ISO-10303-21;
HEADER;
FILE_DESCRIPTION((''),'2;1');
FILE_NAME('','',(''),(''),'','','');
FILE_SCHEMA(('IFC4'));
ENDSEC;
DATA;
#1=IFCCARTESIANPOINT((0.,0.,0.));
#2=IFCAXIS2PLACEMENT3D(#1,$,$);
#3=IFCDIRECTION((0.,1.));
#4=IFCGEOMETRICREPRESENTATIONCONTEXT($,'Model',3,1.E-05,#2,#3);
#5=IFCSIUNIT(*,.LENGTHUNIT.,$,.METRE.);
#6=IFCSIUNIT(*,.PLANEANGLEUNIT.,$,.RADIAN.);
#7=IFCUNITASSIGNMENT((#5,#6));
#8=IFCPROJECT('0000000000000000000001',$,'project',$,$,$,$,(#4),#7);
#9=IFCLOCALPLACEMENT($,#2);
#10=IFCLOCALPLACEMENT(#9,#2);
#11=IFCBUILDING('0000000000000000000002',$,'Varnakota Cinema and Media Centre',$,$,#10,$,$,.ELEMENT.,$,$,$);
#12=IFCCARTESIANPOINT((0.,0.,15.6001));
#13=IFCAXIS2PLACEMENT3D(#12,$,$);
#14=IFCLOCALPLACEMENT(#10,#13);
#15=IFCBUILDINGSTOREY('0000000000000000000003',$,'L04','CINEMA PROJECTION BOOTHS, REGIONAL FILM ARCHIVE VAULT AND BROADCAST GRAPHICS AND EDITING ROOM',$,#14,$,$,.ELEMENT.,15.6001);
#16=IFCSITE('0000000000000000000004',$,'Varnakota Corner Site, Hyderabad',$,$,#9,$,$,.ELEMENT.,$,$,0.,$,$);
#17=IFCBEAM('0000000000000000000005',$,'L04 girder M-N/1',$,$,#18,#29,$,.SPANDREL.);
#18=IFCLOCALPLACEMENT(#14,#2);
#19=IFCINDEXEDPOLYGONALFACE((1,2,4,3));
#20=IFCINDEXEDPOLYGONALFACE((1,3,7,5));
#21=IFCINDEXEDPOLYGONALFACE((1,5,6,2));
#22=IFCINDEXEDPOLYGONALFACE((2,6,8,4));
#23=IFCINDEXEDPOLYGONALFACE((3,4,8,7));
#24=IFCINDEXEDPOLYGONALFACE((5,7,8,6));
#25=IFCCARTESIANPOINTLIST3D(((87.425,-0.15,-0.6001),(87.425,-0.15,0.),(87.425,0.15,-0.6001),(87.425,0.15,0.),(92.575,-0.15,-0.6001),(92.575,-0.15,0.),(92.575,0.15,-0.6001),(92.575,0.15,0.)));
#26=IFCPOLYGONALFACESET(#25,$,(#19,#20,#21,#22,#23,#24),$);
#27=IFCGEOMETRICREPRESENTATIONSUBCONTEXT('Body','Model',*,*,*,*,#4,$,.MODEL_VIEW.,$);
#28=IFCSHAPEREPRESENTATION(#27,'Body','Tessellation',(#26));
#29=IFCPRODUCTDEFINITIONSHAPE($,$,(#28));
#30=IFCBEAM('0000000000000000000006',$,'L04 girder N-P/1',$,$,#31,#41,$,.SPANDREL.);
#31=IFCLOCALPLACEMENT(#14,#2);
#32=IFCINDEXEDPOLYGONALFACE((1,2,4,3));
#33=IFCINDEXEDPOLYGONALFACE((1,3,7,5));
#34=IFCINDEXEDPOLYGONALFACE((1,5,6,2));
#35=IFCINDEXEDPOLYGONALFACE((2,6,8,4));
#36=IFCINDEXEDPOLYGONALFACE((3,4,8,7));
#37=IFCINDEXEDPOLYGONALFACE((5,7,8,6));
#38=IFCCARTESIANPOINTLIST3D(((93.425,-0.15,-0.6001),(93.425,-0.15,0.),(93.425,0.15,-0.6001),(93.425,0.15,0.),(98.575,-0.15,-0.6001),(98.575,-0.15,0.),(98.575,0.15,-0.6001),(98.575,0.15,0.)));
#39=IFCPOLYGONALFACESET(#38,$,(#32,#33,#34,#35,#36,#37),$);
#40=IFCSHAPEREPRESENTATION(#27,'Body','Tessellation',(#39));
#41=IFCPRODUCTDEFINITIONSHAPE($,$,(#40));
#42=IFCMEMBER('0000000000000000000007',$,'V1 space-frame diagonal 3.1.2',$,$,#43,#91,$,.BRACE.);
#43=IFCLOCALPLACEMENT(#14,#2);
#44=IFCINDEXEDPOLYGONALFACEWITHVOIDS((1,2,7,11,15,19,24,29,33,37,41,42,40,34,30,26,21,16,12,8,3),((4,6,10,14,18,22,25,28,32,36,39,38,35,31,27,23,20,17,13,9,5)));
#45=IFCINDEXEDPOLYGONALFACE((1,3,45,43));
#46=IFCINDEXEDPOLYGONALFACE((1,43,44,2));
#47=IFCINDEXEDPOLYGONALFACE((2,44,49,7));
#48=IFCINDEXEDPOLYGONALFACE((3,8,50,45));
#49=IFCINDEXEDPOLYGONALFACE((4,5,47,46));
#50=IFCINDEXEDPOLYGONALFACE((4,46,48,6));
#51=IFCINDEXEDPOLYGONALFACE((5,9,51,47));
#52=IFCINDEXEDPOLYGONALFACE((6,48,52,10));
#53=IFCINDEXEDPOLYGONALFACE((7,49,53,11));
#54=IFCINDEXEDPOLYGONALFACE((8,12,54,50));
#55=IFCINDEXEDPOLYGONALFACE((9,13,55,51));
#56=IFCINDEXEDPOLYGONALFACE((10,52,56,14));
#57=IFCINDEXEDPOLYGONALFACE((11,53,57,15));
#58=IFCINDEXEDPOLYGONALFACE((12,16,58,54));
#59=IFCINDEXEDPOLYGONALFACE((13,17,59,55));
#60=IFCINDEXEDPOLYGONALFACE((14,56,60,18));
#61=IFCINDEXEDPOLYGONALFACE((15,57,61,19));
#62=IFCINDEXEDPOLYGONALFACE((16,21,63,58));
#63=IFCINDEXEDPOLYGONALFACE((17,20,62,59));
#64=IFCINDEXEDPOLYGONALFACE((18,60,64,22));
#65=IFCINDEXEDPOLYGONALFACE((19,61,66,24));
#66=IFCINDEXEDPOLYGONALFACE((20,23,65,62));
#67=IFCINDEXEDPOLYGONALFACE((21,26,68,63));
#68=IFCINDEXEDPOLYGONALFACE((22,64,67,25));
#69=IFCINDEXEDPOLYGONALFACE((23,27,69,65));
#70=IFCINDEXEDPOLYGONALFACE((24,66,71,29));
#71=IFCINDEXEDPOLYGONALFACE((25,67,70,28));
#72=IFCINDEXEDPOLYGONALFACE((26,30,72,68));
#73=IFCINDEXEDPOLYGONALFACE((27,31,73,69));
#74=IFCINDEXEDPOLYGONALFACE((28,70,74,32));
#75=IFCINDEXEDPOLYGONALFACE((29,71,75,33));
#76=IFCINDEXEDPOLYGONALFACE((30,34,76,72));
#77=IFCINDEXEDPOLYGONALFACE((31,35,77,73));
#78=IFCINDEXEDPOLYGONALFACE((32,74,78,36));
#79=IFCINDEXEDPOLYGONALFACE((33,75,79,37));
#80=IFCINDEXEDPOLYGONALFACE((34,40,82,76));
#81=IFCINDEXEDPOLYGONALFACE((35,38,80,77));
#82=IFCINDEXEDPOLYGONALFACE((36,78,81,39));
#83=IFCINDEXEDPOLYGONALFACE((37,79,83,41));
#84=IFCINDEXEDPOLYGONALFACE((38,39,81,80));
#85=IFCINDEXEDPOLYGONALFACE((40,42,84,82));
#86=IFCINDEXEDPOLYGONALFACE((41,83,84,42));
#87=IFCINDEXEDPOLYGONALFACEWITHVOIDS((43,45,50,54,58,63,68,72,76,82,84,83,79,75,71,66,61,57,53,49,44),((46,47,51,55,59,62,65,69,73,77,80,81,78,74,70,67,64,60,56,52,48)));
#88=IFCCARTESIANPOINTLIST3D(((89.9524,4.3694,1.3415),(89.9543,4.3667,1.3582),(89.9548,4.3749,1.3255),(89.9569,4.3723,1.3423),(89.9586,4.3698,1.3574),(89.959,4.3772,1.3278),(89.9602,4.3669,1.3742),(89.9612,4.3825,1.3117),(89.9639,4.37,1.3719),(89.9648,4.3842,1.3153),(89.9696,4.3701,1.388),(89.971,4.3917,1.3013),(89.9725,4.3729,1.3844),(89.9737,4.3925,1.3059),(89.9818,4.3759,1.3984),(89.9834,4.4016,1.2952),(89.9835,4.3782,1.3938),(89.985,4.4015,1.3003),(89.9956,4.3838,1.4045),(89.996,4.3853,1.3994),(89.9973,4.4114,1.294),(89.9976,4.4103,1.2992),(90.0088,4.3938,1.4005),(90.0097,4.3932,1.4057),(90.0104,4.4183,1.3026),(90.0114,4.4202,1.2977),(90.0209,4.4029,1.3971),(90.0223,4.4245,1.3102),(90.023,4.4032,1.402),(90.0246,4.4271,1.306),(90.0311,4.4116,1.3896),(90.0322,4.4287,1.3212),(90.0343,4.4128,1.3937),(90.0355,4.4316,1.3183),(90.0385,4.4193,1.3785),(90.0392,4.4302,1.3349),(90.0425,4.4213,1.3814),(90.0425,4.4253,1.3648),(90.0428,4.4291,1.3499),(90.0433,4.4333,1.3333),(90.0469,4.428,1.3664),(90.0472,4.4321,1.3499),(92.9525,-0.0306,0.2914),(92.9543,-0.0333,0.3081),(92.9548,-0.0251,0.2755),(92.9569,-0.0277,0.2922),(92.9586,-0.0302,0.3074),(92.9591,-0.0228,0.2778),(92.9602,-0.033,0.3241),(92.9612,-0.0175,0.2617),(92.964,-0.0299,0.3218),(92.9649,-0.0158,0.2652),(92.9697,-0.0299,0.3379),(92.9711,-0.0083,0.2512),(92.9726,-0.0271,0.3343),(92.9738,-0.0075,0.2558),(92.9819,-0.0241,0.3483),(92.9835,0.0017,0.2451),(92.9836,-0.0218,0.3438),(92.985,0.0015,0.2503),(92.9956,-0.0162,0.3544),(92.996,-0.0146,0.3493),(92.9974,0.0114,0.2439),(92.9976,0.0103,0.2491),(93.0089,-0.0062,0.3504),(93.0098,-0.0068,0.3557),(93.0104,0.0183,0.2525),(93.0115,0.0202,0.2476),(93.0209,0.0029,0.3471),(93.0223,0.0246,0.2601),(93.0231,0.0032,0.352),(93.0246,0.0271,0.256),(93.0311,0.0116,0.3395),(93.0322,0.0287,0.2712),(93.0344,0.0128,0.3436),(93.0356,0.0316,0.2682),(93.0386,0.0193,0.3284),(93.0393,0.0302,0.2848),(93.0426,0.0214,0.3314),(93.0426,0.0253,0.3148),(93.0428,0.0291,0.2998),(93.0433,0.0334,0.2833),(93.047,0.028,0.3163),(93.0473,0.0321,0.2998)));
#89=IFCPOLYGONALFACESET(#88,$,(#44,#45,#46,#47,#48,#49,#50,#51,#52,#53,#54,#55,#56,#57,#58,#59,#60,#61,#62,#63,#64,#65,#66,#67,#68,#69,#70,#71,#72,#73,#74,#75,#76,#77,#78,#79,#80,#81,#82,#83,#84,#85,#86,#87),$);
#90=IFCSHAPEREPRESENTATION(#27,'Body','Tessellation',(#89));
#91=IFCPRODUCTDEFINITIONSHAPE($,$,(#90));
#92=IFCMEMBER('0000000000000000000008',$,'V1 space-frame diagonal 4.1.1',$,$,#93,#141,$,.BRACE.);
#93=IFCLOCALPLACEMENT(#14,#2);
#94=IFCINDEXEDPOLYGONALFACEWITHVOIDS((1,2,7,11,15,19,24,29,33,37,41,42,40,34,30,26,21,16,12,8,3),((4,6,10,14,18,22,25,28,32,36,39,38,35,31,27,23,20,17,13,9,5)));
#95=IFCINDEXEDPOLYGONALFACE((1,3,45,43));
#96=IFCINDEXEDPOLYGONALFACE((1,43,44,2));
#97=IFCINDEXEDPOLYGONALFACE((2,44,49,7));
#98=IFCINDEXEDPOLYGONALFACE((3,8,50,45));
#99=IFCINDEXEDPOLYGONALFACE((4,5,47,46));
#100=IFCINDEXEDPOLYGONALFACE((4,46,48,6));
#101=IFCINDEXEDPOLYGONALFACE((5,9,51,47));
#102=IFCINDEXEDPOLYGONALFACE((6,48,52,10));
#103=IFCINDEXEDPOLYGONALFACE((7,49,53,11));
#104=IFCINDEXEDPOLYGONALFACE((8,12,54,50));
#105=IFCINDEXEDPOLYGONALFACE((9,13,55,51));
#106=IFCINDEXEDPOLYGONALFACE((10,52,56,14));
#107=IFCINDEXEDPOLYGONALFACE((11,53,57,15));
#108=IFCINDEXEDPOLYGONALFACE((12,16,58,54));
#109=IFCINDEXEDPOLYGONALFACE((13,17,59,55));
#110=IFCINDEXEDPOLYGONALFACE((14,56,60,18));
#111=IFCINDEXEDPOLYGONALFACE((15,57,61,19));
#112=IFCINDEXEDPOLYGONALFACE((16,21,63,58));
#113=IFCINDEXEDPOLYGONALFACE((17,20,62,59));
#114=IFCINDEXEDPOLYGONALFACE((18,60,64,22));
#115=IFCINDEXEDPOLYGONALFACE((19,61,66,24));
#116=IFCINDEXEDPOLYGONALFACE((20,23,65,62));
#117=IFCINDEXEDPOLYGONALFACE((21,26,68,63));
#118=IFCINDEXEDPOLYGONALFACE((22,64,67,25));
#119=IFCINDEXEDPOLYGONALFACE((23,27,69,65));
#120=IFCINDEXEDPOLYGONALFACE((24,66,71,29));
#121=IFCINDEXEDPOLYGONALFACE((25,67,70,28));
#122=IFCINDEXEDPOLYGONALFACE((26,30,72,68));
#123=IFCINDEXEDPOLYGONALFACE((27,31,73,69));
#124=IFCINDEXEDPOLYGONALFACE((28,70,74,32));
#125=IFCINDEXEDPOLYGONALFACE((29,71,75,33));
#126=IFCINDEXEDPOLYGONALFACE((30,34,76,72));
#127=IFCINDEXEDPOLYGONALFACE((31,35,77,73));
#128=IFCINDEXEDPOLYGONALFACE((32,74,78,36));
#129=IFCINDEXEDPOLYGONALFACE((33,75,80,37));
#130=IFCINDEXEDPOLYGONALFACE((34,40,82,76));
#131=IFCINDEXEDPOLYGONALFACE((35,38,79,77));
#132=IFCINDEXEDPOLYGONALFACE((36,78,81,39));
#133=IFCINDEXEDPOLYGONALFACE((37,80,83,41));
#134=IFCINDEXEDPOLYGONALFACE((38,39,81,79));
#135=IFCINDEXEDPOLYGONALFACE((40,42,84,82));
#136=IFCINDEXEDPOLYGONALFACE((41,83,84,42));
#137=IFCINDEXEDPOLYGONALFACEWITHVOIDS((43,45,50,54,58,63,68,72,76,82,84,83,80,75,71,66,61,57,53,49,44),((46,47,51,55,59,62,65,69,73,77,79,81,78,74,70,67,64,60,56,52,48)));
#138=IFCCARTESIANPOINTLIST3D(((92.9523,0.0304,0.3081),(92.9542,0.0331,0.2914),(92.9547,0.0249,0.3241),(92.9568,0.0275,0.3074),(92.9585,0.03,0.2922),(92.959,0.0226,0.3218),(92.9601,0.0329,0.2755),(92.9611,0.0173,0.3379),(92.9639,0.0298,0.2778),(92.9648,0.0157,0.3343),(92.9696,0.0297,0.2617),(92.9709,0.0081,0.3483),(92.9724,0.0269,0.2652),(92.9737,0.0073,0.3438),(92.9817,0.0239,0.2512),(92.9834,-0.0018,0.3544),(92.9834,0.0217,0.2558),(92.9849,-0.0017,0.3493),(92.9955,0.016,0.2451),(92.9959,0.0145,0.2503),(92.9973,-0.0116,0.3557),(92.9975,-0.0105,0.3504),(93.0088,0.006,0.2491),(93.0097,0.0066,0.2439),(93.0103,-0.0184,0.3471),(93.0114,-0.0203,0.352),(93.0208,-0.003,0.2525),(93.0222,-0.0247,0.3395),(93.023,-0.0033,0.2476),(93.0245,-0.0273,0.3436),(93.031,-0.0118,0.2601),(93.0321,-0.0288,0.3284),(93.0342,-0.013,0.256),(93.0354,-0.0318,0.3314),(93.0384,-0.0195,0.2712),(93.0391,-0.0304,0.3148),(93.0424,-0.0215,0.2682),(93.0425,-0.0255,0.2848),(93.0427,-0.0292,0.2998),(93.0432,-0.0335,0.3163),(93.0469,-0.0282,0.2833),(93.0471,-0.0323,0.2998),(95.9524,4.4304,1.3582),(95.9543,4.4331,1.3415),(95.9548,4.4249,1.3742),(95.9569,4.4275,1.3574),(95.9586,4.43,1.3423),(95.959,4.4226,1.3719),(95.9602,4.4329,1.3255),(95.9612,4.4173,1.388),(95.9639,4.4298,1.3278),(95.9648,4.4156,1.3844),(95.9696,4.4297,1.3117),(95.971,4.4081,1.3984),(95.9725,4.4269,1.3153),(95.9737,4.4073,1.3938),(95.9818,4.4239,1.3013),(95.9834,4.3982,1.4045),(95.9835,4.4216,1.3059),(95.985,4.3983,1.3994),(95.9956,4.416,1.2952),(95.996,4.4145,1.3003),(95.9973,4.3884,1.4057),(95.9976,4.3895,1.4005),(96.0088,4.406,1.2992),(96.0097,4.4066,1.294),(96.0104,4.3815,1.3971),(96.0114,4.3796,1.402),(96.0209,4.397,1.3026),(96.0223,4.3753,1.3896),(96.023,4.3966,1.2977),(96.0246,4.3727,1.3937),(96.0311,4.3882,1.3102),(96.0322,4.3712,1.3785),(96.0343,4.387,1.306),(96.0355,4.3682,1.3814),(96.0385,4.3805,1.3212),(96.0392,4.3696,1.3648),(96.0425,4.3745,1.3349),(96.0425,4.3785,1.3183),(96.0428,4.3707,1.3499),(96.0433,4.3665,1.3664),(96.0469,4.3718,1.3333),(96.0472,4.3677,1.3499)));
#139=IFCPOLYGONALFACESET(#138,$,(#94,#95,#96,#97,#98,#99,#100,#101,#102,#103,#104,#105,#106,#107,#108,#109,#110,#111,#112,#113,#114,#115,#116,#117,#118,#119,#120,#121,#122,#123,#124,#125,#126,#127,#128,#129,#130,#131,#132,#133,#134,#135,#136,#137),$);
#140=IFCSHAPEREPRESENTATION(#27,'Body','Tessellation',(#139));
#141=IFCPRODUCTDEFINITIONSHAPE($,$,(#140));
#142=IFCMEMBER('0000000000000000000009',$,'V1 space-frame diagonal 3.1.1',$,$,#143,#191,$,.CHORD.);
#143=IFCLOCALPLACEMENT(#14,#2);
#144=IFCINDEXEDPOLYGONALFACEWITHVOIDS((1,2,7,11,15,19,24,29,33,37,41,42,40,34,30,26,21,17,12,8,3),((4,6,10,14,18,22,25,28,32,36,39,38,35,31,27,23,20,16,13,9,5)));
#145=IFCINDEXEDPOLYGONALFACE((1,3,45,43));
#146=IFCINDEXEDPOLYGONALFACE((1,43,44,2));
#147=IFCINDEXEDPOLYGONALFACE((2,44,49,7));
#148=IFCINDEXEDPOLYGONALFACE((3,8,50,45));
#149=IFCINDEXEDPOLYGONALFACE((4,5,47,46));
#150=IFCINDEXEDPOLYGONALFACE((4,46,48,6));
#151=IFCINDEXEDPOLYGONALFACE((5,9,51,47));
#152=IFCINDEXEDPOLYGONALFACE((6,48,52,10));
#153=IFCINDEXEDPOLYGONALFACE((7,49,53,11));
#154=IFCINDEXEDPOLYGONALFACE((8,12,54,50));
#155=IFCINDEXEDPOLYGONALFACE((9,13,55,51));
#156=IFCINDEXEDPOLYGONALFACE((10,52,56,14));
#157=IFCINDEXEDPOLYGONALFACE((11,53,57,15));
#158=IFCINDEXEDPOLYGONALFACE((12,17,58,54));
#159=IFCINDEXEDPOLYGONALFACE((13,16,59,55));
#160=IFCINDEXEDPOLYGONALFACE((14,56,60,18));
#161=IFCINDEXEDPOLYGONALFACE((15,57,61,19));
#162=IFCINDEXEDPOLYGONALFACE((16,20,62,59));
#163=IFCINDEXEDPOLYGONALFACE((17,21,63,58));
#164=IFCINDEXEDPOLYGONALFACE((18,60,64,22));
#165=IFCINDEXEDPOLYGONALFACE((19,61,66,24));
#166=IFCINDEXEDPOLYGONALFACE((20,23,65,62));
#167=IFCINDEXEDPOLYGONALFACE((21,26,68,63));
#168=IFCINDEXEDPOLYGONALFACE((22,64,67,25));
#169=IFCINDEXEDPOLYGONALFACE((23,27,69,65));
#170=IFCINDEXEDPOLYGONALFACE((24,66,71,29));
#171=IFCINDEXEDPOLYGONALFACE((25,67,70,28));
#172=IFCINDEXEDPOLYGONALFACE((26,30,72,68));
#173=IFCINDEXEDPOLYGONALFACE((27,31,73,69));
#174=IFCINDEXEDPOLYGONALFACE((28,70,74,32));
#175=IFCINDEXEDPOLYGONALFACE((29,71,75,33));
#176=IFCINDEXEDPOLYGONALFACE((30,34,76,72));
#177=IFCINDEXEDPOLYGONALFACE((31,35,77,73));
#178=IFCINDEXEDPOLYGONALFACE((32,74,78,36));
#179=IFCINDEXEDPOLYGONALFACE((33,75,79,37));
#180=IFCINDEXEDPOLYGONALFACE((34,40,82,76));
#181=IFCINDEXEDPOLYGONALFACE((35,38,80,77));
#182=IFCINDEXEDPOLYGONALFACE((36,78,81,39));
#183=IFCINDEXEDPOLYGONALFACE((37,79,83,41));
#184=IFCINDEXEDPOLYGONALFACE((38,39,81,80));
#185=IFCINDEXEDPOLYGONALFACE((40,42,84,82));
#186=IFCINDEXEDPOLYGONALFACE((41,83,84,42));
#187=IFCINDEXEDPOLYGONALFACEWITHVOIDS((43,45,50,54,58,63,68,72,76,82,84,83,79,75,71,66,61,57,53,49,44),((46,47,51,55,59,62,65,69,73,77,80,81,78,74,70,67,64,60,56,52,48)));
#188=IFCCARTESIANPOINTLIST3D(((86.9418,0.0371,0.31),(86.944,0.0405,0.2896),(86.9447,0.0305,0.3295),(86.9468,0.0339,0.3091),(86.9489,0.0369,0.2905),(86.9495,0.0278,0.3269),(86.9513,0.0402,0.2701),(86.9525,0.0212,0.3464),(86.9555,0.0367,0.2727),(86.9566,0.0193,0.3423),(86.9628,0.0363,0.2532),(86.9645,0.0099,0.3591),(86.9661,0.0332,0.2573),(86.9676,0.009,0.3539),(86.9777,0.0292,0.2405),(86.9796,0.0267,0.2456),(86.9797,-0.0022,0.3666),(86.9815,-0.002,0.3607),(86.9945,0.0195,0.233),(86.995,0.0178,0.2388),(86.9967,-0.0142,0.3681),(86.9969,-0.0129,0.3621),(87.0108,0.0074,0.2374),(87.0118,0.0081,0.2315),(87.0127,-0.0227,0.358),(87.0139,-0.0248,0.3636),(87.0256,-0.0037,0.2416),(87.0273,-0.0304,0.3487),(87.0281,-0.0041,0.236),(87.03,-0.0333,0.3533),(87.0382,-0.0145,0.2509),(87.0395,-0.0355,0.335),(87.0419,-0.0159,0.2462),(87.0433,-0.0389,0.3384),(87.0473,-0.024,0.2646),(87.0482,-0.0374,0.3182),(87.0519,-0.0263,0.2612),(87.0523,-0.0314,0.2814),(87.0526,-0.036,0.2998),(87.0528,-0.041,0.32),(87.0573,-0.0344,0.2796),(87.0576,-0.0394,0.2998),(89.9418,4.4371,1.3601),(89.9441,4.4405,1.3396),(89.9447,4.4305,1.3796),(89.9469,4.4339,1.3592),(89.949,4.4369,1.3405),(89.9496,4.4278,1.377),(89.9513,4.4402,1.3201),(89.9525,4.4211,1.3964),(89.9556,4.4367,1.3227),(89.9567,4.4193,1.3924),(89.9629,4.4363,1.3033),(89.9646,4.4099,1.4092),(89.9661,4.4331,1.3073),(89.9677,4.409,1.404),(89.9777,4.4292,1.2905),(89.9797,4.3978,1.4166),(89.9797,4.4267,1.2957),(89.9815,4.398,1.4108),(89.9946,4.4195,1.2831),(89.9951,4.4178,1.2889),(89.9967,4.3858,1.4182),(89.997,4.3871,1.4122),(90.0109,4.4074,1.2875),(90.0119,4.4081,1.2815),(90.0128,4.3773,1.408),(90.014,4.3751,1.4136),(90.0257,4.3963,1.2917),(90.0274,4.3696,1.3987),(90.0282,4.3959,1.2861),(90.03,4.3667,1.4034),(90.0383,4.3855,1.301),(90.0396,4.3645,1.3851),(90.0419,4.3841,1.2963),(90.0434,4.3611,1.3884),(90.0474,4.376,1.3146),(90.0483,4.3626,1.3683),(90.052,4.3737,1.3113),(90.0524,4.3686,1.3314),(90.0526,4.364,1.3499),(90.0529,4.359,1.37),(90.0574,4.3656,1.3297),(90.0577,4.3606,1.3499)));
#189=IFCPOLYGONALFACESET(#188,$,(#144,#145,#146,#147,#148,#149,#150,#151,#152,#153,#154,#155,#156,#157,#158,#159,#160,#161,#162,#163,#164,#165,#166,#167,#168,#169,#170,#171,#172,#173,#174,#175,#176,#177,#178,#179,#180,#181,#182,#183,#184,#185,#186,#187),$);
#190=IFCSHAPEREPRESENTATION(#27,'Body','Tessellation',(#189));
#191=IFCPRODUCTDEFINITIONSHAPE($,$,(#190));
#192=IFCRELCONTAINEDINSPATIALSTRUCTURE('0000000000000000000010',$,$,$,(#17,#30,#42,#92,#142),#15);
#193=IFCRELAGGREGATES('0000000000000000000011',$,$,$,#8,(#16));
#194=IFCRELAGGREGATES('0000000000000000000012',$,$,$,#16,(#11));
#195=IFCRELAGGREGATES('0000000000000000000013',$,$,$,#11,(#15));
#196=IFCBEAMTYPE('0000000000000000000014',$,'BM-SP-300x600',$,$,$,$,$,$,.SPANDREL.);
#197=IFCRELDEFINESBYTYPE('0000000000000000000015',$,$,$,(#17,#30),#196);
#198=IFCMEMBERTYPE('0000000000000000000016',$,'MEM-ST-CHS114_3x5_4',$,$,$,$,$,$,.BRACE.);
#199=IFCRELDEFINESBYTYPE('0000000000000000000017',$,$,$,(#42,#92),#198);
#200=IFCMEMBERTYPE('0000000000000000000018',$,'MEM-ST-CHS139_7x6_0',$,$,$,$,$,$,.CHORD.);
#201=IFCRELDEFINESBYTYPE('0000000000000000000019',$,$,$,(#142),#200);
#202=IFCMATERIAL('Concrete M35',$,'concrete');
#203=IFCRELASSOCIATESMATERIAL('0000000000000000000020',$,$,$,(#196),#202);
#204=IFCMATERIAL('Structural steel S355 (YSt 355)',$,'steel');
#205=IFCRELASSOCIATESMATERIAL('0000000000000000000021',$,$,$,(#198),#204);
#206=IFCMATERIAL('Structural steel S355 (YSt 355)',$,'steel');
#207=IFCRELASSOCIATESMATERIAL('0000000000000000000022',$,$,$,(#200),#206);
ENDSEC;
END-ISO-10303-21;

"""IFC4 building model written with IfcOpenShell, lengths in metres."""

from ifc_helpers import new_model, si_unit, direction, frame, origin, origin_2d, place, context, subcontext, project, spatial, rectangle, hollow_circle, extrude, material, material_profile, profile_set, type_object, element, save


model = new_model("IFC4")

# Units and contexts
model_context = context("Model", 3, precision=1e-05, world=origin(), true_north=direction((0.0, 1.0)))
body_context = subcontext(model_context, "Body", "Model", "MODEL_VIEW")
ifc_project = project(units=[si_unit("LENGTHUNIT", "METRE"), si_unit("PLANEANGLEUNIT", "RADIAN")], contexts=[model_context])

# Site, building, storey
site_placement = place(None, origin())
site = spatial("IfcSite", under=ifc_project, at=site_placement, Name="Varnakota Corner Site, Hyderabad", CompositionType="ELEMENT", RefElevation=0.0)
building_placement = place(site_placement, origin())
building = spatial("IfcBuilding", under=site, at=building_placement, Name="Varnakota Cinema and Media Centre", CompositionType="ELEMENT")
storey_placement = place(building_placement, frame((0.0, 0.0, 15.6001)))
storey = spatial("IfcBuildingStorey", under=building, at=storey_placement, Name="L04", Description="CINEMA PROJECTION BOOTHS, REGIONAL FILM ARCHIVE VAULT AND BROADCAST GRAPHICS AND EDITING ROOM", CompositionType="ELEMENT", Elevation=15.6001)

# Beams
ifc_material_1 = material(Name="Concrete M35", Category="concrete")
ifc_material_profile_1 = material_profile(ifc_material_1, rectangle(XDim=0.3, YDim=0.6001, at=origin_2d()), Name="RCB 300x600")
ifc_profile_set_1 = profile_set([ifc_material_profile_1], Name="Concrete M35")
beam_type = type_object("IfcBeamType", Name="BM-SP-300x600", PredefinedType="SPANDREL", material=ifc_profile_set_1)
for number, where, z_axis, x_axis, name in (
    (1, (87.425, 0.0, -0.3), (1.0, 0.0, 0.0), (0.0, 1.0, 0.0), "L04 girder M-N/1"),
    (2, (93.425, 0.0, -0.3), (1.0, 0.0, 0.0), (0.0, 1.0, 0.0), "L04 girder N-P/1"),
):
    element("IfcBeam", number, at=place(storey_placement, frame(where, z_axis=z_axis, x_axis=x_axis)), inside=storey, type_object=beam_type, Name=name, PredefinedType="SPANDREL", context=body_context, shape_type="SweptSolid", body=[
        extrude(rectangle(XDim=0.3, YDim=0.6001, at=origin_2d()), origin(), (0.0, 0.0, 1.0), 5.1499),
    ])

# Members
ifc_material_2 = material(Name="Structural steel S355 (YSt 355)", Category="steel")
ifc_material_profile_2 = material_profile(ifc_material_2, hollow_circle(Radius=0.0571, WallThickness=0.0054, at=origin_2d()), Name="CHS 114.3x5.4")
ifc_profile_set_2 = profile_set([ifc_material_profile_2], Name="Structural steel S355 (YSt 355)")
member_type_1 = type_object("IfcMemberType", Name="MEM-ST-CHS114_3x5_4", PredefinedType="BRACE", material=ifc_profile_set_2)
for number, where, z_axis, x_axis, name in (
    (3, (90.0, 4.3999, 1.3499), (0.552703, -0.810613, -0.193455), (0.826222, 0.563345, 0.0), "V1 space-frame diagonal 3.1.2"),
    (4, (96.0, 4.3999, 1.3499), (-0.552703, -0.810613, -0.193455), (0.826222, -0.563345, 0.0), "V1 space-frame diagonal 4.1.1"),
):
    element("IfcMember", number, at=place(storey_placement, frame(where, z_axis=z_axis, x_axis=x_axis)), inside=storey, type_object=member_type_1, Name=name, PredefinedType="BRACE", context=body_context, shape_type="SweptSolid", body=[
        extrude(hollow_circle(Radius=0.0571, WallThickness=0.0054, at=origin_2d()), origin(), (0.0, 0.0, 1.0), 5.428),
    ])
ifc_material_3 = material(Name="Structural steel S355 (YSt 355)", Category="steel")
ifc_material_profile_3 = material_profile(ifc_material_3, hollow_circle(Radius=0.0698, WallThickness=0.0061, at=origin_2d()), Name="CHS 139.7x6.0")
ifc_profile_set_3 = profile_set([ifc_material_profile_3], Name="Structural steel S355 (YSt 355)")
member_type_2 = type_object("IfcMemberType", Name="MEM-ST-CHS139_7x6_0", PredefinedType="CHORD", material=ifc_profile_set_3)
member_1_placement = place(storey_placement, frame((90.0, 4.3999, 1.3499), z_axis=(-0.552703, -0.810613, -0.193455), x_axis=(0.826222, -0.563345, 0.0)))
element("IfcMember", 5, at=member_1_placement, inside=storey, type_object=member_type_2, Name="V1 space-frame diagonal 3.1.1", PredefinedType="CHORD", context=body_context, shape_type="SweptSolid", body=[
    extrude(hollow_circle(Radius=0.0698, WallThickness=0.0061, at=origin_2d()), origin(), (0.0, 0.0, 1.0), 5.428),
])

save(model, "model.ifc")
